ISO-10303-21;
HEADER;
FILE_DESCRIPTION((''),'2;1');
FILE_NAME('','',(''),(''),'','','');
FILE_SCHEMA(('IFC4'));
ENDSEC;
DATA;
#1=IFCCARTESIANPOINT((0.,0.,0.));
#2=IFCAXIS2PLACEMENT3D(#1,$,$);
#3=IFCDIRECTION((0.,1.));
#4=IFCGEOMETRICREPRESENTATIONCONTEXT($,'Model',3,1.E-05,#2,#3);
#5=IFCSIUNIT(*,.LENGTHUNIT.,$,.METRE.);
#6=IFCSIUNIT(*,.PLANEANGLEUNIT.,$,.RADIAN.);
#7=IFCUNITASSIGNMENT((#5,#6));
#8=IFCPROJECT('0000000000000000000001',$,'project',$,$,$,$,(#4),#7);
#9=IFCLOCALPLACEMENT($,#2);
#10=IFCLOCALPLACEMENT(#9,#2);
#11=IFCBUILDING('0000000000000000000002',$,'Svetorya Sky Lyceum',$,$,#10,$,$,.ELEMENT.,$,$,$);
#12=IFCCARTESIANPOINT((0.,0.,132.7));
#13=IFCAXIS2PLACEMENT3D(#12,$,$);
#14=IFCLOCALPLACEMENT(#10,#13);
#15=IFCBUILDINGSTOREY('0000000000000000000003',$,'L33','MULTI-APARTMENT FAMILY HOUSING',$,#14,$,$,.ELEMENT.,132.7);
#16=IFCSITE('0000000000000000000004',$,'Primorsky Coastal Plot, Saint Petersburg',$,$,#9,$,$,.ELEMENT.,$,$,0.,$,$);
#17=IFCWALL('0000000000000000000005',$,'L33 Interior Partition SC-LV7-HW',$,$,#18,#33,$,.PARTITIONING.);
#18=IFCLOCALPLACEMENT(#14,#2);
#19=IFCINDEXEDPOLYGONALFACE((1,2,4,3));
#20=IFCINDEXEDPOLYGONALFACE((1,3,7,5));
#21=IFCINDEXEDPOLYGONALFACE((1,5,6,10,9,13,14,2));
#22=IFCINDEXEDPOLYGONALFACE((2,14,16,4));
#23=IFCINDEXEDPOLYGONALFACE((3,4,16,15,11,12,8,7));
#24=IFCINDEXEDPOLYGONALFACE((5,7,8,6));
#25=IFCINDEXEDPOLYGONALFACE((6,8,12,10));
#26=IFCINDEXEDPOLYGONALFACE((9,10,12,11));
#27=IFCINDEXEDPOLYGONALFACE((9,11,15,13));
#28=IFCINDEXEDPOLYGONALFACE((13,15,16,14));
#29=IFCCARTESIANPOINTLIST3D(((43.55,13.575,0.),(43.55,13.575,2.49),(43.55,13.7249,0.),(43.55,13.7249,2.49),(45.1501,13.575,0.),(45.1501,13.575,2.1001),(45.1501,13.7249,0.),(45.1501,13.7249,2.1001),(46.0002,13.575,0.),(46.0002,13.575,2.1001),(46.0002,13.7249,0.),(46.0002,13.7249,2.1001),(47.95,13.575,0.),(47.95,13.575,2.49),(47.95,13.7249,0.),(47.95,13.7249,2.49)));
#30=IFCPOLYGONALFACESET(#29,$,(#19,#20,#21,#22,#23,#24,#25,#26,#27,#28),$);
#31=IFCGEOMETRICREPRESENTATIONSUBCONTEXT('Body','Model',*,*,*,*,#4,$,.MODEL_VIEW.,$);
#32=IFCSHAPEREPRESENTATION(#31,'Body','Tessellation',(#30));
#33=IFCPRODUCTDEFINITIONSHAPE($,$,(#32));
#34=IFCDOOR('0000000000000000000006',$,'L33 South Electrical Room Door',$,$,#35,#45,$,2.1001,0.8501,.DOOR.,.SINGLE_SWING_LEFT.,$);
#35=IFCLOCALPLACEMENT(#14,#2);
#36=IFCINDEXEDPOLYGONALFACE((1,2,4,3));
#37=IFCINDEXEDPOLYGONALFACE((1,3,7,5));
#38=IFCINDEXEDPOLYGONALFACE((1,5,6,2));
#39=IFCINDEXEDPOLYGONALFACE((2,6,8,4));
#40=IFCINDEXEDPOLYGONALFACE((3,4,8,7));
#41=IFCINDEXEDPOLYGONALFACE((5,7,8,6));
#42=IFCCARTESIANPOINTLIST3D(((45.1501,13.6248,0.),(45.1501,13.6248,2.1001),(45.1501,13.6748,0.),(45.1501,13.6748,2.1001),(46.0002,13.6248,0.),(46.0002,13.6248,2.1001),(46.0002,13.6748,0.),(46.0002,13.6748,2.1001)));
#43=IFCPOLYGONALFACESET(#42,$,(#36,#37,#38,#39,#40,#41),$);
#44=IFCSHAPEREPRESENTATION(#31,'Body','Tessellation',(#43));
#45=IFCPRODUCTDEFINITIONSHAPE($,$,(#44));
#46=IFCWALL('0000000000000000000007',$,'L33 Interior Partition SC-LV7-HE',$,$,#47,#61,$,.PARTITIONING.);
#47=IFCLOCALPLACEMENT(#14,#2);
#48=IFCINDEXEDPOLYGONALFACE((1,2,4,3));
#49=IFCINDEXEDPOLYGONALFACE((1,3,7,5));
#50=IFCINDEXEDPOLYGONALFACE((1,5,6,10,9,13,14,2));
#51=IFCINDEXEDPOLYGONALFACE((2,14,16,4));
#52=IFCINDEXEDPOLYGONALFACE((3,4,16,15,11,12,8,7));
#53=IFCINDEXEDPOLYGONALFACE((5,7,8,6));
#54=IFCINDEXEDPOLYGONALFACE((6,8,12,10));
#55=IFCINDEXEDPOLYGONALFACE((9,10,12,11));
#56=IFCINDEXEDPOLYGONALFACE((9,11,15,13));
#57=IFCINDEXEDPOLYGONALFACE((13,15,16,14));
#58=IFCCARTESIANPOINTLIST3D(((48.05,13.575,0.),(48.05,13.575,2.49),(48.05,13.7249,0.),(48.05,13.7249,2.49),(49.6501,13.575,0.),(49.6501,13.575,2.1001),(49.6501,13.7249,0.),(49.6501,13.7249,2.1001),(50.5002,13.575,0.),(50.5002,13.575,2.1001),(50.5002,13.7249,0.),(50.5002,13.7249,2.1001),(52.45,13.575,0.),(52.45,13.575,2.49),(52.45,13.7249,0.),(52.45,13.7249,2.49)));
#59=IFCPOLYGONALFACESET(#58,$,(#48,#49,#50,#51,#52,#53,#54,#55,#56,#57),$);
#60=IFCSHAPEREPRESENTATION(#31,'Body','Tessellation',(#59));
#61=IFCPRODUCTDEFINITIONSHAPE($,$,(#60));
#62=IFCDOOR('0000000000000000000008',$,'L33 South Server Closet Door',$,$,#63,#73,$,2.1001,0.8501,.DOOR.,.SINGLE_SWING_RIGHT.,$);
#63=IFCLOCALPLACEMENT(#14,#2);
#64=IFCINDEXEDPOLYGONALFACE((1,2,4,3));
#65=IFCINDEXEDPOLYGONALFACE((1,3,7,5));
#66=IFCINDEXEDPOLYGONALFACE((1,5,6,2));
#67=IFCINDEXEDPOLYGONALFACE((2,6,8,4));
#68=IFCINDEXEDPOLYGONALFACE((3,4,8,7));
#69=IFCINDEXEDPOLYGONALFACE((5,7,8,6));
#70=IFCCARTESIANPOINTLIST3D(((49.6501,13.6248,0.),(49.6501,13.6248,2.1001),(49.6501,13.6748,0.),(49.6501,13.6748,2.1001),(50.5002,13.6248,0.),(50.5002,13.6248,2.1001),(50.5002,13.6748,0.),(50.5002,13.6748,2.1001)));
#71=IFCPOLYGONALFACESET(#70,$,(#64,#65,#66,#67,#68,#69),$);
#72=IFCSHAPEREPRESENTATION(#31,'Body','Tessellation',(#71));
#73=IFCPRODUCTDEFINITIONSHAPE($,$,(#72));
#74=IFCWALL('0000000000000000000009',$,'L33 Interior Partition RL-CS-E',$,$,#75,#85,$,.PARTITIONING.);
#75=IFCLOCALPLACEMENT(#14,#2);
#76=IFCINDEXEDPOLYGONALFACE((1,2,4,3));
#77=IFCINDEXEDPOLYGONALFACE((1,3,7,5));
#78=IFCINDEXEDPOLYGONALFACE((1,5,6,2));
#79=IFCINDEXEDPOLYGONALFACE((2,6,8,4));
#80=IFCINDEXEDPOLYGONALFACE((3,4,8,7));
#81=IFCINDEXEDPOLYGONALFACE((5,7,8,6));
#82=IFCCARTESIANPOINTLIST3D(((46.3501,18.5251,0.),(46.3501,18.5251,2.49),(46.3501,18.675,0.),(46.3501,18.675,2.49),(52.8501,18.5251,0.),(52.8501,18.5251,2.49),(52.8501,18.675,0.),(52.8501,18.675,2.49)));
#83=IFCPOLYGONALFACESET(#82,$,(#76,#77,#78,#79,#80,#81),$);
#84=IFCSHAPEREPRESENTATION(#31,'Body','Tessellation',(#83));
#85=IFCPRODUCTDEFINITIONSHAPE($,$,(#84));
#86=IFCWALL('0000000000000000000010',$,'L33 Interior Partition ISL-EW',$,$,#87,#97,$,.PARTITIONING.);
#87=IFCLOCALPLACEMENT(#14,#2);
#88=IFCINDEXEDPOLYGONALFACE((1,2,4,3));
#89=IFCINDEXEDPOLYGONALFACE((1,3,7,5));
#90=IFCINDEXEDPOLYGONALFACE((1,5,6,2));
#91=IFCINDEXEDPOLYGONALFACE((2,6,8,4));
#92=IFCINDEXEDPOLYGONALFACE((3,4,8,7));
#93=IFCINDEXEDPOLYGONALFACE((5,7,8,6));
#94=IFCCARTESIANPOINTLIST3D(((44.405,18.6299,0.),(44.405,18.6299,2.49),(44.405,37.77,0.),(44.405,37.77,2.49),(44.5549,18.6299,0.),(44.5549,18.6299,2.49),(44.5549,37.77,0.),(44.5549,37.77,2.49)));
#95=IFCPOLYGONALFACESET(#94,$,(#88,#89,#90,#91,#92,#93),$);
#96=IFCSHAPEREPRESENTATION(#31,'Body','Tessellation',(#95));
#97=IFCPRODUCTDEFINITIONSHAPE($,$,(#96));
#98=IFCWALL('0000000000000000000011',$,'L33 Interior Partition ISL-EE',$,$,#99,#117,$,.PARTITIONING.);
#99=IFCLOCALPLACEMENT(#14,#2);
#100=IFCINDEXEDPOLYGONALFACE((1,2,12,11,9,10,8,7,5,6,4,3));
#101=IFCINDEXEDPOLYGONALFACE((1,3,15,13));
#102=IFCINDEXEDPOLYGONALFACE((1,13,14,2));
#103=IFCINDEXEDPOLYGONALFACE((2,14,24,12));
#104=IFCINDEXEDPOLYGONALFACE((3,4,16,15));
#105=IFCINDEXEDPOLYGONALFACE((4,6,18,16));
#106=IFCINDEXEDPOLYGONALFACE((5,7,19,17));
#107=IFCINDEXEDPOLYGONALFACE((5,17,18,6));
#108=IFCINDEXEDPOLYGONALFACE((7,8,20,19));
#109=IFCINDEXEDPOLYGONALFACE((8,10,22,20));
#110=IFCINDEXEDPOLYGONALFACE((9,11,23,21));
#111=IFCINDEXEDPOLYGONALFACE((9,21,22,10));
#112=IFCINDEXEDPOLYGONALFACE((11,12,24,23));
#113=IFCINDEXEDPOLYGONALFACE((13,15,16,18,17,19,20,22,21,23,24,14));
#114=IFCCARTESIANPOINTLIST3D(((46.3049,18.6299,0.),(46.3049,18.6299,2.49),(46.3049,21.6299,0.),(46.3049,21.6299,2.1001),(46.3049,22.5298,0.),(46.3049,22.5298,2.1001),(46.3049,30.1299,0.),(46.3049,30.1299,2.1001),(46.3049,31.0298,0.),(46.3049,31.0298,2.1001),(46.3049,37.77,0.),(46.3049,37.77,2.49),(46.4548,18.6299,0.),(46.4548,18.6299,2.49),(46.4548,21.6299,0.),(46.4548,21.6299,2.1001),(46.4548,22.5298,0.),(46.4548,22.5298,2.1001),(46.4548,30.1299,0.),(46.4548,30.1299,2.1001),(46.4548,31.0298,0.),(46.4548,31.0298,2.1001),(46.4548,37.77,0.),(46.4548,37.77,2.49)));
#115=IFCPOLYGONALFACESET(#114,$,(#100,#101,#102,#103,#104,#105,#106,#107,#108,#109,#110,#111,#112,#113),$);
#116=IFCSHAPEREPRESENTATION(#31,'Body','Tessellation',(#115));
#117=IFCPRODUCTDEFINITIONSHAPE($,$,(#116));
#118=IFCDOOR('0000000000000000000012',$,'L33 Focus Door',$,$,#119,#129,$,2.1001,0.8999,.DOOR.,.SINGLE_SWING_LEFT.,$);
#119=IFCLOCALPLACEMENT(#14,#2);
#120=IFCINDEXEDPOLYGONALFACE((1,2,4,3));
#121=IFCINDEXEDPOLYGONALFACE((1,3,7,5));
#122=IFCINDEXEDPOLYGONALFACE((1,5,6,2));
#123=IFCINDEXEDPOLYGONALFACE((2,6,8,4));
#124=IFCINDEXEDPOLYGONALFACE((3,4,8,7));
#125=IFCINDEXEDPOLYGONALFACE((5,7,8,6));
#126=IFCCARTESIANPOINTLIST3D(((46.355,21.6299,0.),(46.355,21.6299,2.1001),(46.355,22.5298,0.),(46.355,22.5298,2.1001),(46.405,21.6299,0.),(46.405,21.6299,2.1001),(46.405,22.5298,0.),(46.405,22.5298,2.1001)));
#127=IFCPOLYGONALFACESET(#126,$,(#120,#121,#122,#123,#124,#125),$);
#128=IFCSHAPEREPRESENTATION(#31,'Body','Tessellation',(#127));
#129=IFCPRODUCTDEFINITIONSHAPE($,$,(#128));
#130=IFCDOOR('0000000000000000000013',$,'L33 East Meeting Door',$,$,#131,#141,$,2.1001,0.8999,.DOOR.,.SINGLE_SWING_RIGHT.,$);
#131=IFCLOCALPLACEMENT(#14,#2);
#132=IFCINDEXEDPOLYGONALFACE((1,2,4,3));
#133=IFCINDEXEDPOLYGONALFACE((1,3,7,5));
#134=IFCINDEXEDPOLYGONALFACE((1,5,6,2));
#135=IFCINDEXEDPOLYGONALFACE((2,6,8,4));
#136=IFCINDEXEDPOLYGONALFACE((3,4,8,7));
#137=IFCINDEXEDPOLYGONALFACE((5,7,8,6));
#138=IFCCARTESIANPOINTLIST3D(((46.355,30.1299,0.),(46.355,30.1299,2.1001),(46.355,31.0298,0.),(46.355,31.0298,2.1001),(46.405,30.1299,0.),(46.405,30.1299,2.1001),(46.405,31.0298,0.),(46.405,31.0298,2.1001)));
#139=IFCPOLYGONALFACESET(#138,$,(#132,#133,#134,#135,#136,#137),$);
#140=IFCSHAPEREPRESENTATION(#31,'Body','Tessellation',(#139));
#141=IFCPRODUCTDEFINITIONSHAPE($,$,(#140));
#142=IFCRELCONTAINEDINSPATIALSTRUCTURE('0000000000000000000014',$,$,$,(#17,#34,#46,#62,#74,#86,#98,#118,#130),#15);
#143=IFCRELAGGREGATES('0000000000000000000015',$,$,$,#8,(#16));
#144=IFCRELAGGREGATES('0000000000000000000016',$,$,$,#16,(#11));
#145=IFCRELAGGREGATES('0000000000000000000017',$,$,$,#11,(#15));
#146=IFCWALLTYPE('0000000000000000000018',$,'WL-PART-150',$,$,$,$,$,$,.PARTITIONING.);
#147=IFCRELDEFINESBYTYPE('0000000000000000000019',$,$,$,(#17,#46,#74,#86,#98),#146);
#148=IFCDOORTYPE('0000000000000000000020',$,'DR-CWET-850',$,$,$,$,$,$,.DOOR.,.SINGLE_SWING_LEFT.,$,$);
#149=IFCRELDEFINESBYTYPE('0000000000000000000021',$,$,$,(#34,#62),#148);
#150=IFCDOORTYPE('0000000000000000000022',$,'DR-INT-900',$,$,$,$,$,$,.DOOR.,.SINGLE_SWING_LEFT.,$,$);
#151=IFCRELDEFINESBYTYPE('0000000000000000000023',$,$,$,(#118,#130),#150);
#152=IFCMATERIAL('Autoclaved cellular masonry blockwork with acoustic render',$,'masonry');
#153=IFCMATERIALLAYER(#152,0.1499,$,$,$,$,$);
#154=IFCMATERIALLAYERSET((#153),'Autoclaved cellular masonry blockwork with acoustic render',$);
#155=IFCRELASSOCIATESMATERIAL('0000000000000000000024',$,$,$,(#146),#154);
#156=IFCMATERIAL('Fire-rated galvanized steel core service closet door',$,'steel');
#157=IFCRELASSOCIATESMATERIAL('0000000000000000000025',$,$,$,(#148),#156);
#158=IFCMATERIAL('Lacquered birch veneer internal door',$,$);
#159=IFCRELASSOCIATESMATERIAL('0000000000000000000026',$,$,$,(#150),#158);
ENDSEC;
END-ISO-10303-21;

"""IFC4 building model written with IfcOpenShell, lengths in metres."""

from ifc_helpers import new_model, si_unit, direction, frame, frame_2d, origin, place, context, subcontext, project, spatial, rectangle, extrude, material, layer, layer_set, type_object, element, fill, save


model = new_model("IFC4")

# Units and contexts
model_context = context("Model", 3, precision=1e-05, world=origin(), true_north=direction((0.0, 1.0)))
body_context = subcontext(model_context, "Body", "Model", "MODEL_VIEW")
ifc_project = project(units=[si_unit("LENGTHUNIT", "METRE"), si_unit("PLANEANGLEUNIT", "RADIAN")], contexts=[model_context])

# Site, building, storey
site_placement = place(None, origin())
site = spatial("IfcSite", under=ifc_project, at=site_placement, Name="Primorsky Coastal Plot, Saint Petersburg", CompositionType="ELEMENT", RefElevation=0.0)
building_placement = place(site_placement, origin())
building = spatial("IfcBuilding", under=site, at=building_placement, Name="Svetorya Sky Lyceum", CompositionType="ELEMENT")
storey_placement = place(building_placement, frame((0.0, 0.0, 132.7)))
storey = spatial("IfcBuildingStorey", under=building, at=storey_placement, Name="L33", Description="MULTI-APARTMENT FAMILY HOUSING", CompositionType="ELEMENT", Elevation=132.7)

# Shared definitions
ifc_material_1 = material(Name="Autoclaved cellular masonry blockwork with acoustic render", Category="masonry")
ifc_layer_1 = layer(ifc_material_1, 0.1499)
ifc_layer_set_1 = layer_set([ifc_layer_1], Name="Autoclaved cellular masonry blockwork with acoustic render")
wall_type_1 = type_object("IfcWallType", Name="WL-PART-150", PredefinedType="PARTITIONING", material=ifc_layer_set_1)

# Walls, openings, doors
wall_1_placement = place(storey_placement, frame((43.55, 13.6499, 0.0), z_axis=(0.0, 0.0, 1.0), x_axis=(1.0, 0.0, 0.0)))
wall_1 = element("IfcWall", 1, at=wall_1_placement, inside=storey, type_object=wall_type_1, Name="L33 Interior Partition SC-LV7-HW", PredefinedType="PARTITIONING", context=body_context, shape_type="SweptSolid", body=[
    extrude(rectangle(XDim=4.3999, YDim=0.1499, at=frame_2d((2.2, 0.0))), origin(), (0.0, 0.0, 1.0), 2.49),
])
opening_1_placement = place(wall_1_placement, frame((1.6001, 0.0, 0.0)))
opening_1 = element("IfcOpeningElement", 2, at=opening_1_placement, cuts=wall_1, PredefinedType="OPENING", context=body_context, shape_type="SweptSolid", body=[
    extrude(rectangle(XDim=0.8501, YDim=2.1001, at=frame_2d((0.425, 1.05))), frame((0.0, 0.085, 0.0), z_axis=(0.0, -1.0, 0.0), x_axis=(1.0, 0.0, 0.0)), (0.0, 0.0, 1.0), 0.1699),
])
ifc_material_2 = material(Name="Fire-rated galvanized steel core service closet door", Category="steel")
door_type_1 = type_object("IfcDoorType", Name="DR-CWET-850", OperationType="SINGLE_SWING_LEFT", PredefinedType="DOOR", material=ifc_material_2)
door_1_placement = place(opening_1_placement, origin())
door_1 = element("IfcDoor", 3, at=door_1_placement, inside=storey, type_object=door_type_1, Name="L33 South Electrical Room Door", OperationType="SINGLE_SWING_LEFT", OverallHeight=2.1001, OverallWidth=0.8501, PredefinedType="DOOR", context=body_context, shape_type="SweptSolid", body=[
    extrude(rectangle(XDim=0.8501, YDim=2.1001, at=frame_2d((0.425, 1.05))), frame((0.0, 0.0249, 0.0), z_axis=(0.0, -1.0, 0.0), x_axis=(1.0, 0.0, 0.0)), (0.0, 0.0, 1.0), 0.05),
])
fill(opening_1, door_1)
wall_2_placement = place(storey_placement, frame((48.05, 13.6499, 0.0), z_axis=(0.0, 0.0, 1.0), x_axis=(1.0, 0.0, 0.0)))
wall_2 = element("IfcWall", 4, at=wall_2_placement, inside=storey, type_object=wall_type_1, Name="L33 Interior Partition SC-LV7-HE", PredefinedType="PARTITIONING", context=body_context, shape_type="SweptSolid", body=[
    extrude(rectangle(XDim=4.3999, YDim=0.1499, at=frame_2d((2.2, 0.0))), origin(), (0.0, 0.0, 1.0), 2.49),
])
opening_2_placement = place(wall_2_placement, frame((1.6001, 0.0, 0.0)))
opening_2 = element("IfcOpeningElement", 5, at=opening_2_placement, cuts=wall_2, PredefinedType="OPENING", context=body_context, shape_type="SweptSolid", body=[
    extrude(rectangle(XDim=0.8501, YDim=2.1001, at=frame_2d((0.425, 1.05))), frame((0.0, 0.085, 0.0), z_axis=(0.0, -1.0, 0.0), x_axis=(1.0, 0.0, 0.0)), (0.0, 0.0, 1.0), 0.1699),
])
door_2_placement = place(opening_2_placement, origin())
door_2 = element("IfcDoor", 6, at=door_2_placement, inside=storey, type_object=door_type_1, Name="L33 South Server Closet Door", OperationType="SINGLE_SWING_RIGHT", OverallHeight=2.1001, OverallWidth=0.8501, PredefinedType="DOOR", context=body_context, shape_type="SweptSolid", body=[
    extrude(rectangle(XDim=0.8501, YDim=2.1001, at=frame_2d((0.425, 1.05))), frame((0.0, 0.0249, 0.0), z_axis=(0.0, -1.0, 0.0), x_axis=(1.0, 0.0, 0.0)), (0.0, 0.0, 1.0), 0.05),
])
fill(opening_2, door_2)

# Walls
wall_3_placement = place(storey_placement, frame((46.3501, 18.6001, 0.0), z_axis=(0.0, 0.0, 1.0), x_axis=(1.0, 0.0, 0.0)))
element("IfcWall", 7, at=wall_3_placement, inside=storey, type_object=wall_type_1, Name="L33 Interior Partition RL-CS-E", PredefinedType="PARTITIONING", context=body_context, shape_type="SweptSolid", body=[
    extrude(rectangle(XDim=6.5, YDim=0.1499, at=frame_2d((3.25, 0.0))), origin(), (0.0, 0.0, 1.0), 2.49),
])
wall_4_placement = place(storey_placement, frame((44.48, 18.6299, 0.0), z_axis=(0.0, 0.0, 1.0), x_axis=(0.0, 1.0, 0.0)))
element("IfcWall", 8, at=wall_4_placement, inside=storey, type_object=wall_type_1, Name="L33 Interior Partition ISL-EW", PredefinedType="PARTITIONING", context=body_context, shape_type="SweptSolid", body=[
    extrude(rectangle(XDim=19.1401, YDim=0.1499, at=frame_2d((9.5701, 0.0))), origin(), (0.0, 0.0, 1.0), 2.49),
])

# Wall, openings, doors
wall_5_placement = place(storey_placement, frame((46.3799, 18.6299, 0.0), z_axis=(0.0, 0.0, 1.0), x_axis=(0.0, 1.0, 0.0)))
wall_5 = element("IfcWall", 9, at=wall_5_placement, inside=storey, type_object=wall_type_1, Name="L33 Interior Partition ISL-EE", PredefinedType="PARTITIONING", context=body_context, shape_type="SweptSolid", body=[
    extrude(rectangle(XDim=19.1401, YDim=0.1499, at=frame_2d((9.5701, 0.0))), origin(), (0.0, 0.0, 1.0), 2.49),
])
opening_3_placement = place(wall_5_placement, frame((3.0, 0.0, 0.0)))
opening_3 = element("IfcOpeningElement", 10, at=opening_3_placement, cuts=wall_5, PredefinedType="OPENING", context=body_context, shape_type="SweptSolid", body=[
    extrude(rectangle(XDim=0.8999, YDim=2.1001, at=frame_2d((0.45, 1.05))), frame((0.0, 0.085, 0.0), z_axis=(0.0, -1.0, 0.0), x_axis=(1.0, 0.0, 0.0)), (0.0, 0.0, 1.0), 0.1699),
])
opening_4_placement = place(wall_5_placement, frame((11.5, 0.0, 0.0)))
opening_4 = element("IfcOpeningElement", 11, at=opening_4_placement, cuts=wall_5, PredefinedType="OPENING", context=body_context, shape_type="SweptSolid", body=[
    extrude(rectangle(XDim=0.8999, YDim=2.1001, at=frame_2d((0.45, 1.05))), frame((0.0, 0.085, 0.0), z_axis=(0.0, -1.0, 0.0), x_axis=(1.0, 0.0, 0.0)), (0.0, 0.0, 1.0), 0.1699),
])
ifc_material_3 = material(Name="Lacquered birch veneer internal door")
door_type_2 = type_object("IfcDoorType", Name="DR-INT-900", OperationType="SINGLE_SWING_LEFT", PredefinedType="DOOR", material=ifc_material_3)
door_3_placement = place(opening_3_placement, origin())
door_3 = element("IfcDoor", 12, at=door_3_placement, inside=storey, type_object=door_type_2, Name="L33 Focus Door", OperationType="SINGLE_SWING_LEFT", OverallHeight=2.1001, OverallWidth=0.8999, PredefinedType="DOOR", context=body_context, shape_type="SweptSolid", body=[
    extrude(rectangle(XDim=0.8999, YDim=2.1001, at=frame_2d((0.45, 1.05))), frame((0.0, 0.0249, 0.0), z_axis=(0.0, -1.0, 0.0), x_axis=(1.0, 0.0, 0.0)), (0.0, 0.0, 1.0), 0.05),
])
fill(opening_3, door_3)
door_4_placement = place(opening_4_placement, origin())
door_4 = element("IfcDoor", 13, at=door_4_placement, inside=storey, type_object=door_type_2, Name="L33 East Meeting Door", OperationType="SINGLE_SWING_RIGHT", OverallHeight=2.1001, OverallWidth=0.8999, PredefinedType="DOOR", context=body_context, shape_type="SweptSolid", body=[
    extrude(rectangle(XDim=0.8999, YDim=2.1001, at=frame_2d((0.45, 1.05))), frame((0.0, 0.0249, 0.0), z_axis=(0.0, -1.0, 0.0), x_axis=(1.0, 0.0, 0.0)), (0.0, 0.0, 1.0), 0.05),
])
fill(opening_4, door_4)

save(model, "model.ifc")
